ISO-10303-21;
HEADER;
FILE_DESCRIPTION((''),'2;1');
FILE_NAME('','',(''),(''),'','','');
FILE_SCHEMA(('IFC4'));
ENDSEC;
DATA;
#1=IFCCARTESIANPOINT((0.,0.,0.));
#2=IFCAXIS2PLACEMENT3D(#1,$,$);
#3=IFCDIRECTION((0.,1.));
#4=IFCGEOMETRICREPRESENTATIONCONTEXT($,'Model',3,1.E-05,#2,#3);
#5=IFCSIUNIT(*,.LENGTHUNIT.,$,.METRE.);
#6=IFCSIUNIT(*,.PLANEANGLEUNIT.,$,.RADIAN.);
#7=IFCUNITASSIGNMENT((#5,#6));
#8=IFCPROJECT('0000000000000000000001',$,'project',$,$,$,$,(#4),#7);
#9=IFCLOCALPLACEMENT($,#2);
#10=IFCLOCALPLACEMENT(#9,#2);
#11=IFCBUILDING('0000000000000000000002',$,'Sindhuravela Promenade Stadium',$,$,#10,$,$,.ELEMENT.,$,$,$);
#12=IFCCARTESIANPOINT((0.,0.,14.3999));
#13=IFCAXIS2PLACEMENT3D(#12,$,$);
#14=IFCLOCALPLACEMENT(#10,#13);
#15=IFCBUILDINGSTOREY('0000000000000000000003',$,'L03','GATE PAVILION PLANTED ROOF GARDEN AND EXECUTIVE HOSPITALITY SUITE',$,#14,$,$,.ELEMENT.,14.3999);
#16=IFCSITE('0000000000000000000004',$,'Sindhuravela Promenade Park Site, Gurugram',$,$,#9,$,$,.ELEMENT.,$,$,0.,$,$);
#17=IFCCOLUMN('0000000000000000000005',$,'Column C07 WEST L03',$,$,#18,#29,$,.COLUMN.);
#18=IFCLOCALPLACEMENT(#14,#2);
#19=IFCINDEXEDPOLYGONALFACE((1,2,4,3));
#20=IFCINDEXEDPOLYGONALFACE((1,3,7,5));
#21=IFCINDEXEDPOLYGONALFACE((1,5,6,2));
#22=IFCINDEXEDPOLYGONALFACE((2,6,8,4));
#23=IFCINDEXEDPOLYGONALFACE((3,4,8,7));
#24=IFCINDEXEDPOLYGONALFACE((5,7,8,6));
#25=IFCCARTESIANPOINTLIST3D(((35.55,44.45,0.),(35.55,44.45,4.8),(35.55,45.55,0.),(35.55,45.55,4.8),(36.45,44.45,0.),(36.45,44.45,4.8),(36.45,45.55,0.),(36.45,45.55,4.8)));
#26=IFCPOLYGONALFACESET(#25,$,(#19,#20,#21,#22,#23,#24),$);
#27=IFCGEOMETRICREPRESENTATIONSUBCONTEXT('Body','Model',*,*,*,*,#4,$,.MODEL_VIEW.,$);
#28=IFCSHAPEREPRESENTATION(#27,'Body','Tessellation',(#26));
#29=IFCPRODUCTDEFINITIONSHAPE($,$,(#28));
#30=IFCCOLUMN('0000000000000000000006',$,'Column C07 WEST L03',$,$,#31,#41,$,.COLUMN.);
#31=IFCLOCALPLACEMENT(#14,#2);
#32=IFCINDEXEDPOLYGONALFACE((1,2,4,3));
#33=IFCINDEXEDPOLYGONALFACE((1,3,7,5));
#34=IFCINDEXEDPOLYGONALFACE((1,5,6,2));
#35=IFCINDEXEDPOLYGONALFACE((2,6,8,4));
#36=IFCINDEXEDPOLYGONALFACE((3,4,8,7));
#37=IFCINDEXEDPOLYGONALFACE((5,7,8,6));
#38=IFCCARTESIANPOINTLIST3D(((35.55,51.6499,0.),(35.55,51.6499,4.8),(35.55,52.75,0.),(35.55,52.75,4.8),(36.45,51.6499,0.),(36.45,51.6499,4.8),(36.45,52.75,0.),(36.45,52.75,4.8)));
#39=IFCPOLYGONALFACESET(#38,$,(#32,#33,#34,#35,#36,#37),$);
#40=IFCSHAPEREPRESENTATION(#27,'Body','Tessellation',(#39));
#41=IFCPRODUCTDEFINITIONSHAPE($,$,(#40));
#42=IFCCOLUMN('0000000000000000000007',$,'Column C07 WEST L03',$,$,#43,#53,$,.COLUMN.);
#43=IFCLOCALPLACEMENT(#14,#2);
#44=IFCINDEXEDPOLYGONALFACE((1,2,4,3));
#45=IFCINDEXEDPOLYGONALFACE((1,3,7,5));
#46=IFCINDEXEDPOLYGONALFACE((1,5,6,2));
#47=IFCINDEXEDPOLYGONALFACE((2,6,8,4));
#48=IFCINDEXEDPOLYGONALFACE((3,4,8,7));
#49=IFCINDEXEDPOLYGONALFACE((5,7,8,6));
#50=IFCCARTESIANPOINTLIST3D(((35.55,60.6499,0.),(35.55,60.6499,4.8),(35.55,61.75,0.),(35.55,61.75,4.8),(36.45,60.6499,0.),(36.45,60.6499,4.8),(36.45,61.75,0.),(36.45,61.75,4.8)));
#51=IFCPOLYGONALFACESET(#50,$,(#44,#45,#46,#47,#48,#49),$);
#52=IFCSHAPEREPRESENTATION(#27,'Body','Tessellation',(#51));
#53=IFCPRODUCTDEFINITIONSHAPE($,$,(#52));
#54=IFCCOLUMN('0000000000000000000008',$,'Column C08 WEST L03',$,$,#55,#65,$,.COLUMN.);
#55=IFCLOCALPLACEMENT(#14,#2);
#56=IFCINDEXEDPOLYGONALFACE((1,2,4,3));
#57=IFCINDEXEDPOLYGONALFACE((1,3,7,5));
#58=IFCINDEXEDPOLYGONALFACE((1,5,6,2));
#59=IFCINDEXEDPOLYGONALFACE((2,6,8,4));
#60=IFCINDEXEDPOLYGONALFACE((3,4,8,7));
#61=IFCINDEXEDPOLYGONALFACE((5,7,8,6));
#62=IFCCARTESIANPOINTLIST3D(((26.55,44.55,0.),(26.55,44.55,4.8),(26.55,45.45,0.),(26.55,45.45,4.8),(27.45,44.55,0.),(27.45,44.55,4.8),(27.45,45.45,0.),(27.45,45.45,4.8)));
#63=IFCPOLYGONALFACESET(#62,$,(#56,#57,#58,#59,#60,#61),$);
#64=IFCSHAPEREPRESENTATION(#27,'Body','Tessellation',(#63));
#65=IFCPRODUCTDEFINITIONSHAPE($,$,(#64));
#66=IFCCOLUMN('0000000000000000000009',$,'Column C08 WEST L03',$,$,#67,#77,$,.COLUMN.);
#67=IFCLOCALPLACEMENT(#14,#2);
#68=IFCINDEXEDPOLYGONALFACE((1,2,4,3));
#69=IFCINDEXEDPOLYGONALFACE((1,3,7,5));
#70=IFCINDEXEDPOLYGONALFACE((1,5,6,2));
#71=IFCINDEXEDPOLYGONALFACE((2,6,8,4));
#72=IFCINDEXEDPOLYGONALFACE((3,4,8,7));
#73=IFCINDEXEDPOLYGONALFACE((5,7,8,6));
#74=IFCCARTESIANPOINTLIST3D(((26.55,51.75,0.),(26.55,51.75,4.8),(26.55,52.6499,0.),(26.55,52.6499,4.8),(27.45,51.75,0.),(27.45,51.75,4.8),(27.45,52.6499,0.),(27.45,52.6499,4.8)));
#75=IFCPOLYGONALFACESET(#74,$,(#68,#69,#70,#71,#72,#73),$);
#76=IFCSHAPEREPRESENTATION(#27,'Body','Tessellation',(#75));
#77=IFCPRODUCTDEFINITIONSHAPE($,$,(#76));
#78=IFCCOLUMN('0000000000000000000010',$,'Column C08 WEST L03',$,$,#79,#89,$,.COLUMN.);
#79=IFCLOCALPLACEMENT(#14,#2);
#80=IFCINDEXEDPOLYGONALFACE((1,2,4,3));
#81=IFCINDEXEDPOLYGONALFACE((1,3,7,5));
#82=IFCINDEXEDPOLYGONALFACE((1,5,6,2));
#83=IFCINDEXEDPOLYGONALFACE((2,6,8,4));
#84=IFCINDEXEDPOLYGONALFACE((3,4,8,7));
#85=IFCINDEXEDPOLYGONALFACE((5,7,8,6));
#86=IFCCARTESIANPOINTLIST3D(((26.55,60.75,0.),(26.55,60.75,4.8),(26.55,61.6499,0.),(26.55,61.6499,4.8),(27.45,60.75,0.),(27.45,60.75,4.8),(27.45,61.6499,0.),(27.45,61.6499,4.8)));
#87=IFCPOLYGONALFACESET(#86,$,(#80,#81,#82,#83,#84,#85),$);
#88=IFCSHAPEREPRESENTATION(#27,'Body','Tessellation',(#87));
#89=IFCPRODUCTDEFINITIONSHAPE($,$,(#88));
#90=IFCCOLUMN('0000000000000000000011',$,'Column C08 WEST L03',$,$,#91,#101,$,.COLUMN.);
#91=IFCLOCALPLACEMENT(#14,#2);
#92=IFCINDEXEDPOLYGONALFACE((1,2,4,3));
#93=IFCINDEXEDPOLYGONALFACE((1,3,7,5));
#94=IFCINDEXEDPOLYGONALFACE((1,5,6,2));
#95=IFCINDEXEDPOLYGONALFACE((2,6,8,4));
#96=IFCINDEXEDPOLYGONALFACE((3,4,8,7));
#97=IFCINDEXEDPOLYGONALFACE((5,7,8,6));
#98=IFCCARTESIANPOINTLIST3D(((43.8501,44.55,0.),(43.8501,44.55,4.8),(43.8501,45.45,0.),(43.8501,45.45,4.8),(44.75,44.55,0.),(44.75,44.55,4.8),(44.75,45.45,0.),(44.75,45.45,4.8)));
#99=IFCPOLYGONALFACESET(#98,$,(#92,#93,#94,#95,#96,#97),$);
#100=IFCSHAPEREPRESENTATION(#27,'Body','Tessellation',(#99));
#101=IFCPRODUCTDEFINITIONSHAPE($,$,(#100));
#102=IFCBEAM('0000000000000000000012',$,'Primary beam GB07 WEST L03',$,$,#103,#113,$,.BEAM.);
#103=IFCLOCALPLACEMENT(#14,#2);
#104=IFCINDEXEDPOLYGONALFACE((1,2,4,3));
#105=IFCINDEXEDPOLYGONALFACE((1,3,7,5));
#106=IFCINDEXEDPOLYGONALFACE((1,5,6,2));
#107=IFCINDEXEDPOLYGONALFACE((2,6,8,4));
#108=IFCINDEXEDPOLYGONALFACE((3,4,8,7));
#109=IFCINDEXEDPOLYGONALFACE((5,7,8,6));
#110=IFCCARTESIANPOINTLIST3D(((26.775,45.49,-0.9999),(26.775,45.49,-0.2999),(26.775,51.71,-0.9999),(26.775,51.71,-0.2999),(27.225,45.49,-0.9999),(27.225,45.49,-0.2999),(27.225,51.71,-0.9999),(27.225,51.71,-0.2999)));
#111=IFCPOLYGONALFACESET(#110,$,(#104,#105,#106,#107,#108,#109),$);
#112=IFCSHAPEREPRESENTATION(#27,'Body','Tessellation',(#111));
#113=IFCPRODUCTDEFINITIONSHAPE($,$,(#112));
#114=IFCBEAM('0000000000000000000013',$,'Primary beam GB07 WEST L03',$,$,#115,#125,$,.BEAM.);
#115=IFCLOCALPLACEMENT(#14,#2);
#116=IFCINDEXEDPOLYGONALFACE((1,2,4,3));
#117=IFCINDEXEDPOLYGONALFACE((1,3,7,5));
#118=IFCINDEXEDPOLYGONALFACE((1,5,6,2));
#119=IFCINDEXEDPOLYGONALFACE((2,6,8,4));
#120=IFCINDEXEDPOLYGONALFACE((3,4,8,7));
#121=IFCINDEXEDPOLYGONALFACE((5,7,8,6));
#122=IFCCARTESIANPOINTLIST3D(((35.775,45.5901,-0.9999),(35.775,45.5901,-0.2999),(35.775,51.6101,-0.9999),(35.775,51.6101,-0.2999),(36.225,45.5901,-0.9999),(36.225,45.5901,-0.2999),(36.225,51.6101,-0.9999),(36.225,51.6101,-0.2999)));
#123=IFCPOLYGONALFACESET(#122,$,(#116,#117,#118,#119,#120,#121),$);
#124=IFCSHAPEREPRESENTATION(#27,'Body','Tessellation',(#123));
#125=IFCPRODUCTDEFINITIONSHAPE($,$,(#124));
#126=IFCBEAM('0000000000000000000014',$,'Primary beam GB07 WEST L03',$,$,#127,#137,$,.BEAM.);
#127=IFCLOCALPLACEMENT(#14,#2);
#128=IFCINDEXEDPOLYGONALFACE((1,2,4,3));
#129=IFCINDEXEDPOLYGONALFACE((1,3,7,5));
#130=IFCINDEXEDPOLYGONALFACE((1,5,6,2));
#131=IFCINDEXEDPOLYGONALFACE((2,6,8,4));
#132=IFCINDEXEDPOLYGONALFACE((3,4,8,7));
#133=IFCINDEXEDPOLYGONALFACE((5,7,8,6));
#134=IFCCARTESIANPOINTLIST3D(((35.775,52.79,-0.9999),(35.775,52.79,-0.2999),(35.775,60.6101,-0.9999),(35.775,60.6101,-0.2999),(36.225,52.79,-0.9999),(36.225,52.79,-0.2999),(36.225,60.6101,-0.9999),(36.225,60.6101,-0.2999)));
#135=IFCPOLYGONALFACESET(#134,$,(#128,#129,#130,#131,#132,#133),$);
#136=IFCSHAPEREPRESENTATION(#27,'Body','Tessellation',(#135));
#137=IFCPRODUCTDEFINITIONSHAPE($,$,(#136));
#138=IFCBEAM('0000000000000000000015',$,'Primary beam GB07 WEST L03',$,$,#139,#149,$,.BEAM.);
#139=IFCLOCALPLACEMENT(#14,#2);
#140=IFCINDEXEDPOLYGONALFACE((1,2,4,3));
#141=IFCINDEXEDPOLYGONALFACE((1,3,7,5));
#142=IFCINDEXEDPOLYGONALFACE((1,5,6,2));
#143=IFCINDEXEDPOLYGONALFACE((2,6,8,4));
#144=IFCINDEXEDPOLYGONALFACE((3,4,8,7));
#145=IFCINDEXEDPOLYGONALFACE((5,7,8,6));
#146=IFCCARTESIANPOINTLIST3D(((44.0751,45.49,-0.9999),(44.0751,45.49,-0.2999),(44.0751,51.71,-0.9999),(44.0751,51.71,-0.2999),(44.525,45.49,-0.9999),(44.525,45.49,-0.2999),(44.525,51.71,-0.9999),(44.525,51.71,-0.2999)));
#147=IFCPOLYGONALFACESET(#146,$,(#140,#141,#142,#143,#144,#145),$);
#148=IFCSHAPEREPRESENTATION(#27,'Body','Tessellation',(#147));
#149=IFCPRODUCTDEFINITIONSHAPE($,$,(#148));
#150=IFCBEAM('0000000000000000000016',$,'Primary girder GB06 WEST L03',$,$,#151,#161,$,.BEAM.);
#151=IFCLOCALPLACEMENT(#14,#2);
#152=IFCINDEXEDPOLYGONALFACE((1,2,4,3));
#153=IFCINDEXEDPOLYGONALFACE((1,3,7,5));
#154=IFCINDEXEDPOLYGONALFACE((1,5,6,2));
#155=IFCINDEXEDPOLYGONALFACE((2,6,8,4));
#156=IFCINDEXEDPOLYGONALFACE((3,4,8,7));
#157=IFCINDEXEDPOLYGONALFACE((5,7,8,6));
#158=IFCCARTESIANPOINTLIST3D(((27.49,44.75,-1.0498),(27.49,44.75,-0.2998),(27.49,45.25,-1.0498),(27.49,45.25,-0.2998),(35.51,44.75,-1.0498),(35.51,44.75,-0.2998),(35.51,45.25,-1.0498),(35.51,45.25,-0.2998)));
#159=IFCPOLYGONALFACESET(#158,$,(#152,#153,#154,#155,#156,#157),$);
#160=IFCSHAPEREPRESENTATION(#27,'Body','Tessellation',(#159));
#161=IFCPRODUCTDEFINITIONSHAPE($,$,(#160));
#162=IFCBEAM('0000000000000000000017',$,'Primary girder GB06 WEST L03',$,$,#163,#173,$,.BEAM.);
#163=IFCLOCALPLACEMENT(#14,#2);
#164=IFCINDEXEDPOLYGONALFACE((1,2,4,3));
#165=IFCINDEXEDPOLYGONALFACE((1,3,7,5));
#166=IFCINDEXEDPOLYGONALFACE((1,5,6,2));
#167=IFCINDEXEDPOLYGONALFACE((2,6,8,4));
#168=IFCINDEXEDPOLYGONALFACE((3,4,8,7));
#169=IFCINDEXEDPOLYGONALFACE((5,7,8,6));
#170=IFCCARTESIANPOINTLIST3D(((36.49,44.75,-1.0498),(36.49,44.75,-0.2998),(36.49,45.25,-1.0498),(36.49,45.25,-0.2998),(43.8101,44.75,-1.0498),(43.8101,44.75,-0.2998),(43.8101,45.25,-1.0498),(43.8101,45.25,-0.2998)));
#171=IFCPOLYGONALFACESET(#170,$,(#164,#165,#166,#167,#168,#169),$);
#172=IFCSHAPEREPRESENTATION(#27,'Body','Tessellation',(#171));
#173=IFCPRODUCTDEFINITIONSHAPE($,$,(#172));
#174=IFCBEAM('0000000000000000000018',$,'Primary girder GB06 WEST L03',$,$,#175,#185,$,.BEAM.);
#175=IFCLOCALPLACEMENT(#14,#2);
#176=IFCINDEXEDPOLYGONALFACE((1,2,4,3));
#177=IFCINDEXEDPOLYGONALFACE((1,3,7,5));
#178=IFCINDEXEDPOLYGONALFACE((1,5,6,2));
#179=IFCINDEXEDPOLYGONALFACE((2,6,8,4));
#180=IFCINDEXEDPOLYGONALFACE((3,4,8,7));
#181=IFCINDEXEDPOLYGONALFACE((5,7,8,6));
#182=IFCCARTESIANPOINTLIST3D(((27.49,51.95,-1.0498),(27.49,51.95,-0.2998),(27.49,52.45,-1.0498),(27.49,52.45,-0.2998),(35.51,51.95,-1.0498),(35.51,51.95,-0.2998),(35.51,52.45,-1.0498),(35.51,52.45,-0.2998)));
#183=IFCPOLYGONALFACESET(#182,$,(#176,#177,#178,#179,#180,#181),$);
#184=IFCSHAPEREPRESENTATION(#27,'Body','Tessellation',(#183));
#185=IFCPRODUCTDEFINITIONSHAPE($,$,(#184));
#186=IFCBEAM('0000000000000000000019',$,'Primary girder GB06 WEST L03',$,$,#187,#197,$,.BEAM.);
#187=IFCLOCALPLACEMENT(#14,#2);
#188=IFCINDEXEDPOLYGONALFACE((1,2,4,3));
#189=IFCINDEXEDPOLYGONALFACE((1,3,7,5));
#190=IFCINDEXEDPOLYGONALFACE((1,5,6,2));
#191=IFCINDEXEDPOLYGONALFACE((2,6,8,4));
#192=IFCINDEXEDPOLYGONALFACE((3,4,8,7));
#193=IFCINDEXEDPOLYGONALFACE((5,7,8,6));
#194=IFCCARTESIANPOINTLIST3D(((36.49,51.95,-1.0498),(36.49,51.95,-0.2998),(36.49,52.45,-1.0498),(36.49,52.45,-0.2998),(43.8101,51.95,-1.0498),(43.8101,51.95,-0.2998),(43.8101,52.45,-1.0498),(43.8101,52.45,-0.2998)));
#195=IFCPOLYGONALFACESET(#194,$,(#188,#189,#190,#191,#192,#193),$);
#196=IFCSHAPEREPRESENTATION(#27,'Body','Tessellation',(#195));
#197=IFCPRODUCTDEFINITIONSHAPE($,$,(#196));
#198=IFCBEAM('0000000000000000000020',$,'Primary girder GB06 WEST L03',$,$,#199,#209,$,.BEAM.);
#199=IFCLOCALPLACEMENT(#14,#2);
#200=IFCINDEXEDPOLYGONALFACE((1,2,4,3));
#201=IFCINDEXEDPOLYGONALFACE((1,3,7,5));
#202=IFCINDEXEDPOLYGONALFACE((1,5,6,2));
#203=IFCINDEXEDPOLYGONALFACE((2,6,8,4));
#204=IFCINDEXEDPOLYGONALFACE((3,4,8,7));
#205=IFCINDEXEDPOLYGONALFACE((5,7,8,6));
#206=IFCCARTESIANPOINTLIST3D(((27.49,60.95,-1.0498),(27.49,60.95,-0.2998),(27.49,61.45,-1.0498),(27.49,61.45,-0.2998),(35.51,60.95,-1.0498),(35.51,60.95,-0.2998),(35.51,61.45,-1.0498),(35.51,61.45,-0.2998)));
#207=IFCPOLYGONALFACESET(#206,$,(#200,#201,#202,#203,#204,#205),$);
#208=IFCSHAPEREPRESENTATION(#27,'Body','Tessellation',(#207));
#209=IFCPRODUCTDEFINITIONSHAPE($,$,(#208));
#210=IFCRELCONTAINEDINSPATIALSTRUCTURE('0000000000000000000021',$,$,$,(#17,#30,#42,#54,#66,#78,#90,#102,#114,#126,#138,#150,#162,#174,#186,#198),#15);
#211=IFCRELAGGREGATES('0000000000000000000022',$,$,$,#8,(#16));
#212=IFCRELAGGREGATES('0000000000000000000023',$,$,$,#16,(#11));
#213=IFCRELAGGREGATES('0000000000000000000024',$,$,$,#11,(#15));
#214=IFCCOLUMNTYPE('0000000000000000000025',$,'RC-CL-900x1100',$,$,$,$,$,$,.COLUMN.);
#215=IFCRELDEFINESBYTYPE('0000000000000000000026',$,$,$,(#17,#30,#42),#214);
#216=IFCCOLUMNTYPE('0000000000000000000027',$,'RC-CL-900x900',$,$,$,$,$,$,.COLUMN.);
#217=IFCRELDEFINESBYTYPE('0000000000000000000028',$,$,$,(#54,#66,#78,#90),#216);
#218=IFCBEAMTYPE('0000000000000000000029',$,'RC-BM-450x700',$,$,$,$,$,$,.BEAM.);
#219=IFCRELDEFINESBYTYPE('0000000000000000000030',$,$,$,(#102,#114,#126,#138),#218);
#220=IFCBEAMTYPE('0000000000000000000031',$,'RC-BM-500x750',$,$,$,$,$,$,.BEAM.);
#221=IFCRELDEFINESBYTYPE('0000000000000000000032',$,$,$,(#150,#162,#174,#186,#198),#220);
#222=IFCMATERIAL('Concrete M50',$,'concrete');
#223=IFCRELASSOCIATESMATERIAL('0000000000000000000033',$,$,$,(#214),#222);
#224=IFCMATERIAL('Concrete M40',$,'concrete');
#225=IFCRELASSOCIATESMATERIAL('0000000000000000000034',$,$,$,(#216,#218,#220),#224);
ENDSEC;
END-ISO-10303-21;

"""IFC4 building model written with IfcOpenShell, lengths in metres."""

from ifc_helpers import new_model, si_unit, direction, frame, origin, origin_2d, place, context, subcontext, project, spatial, rectangle, extrude, material, material_profile, profile_set, type_object, element, save


model = new_model("IFC4")

# Units and contexts
model_context = context("Model", 3, precision=1e-05, world=origin(), true_north=direction((0.0, 1.0)))
body_context = subcontext(model_context, "Body", "Model", "MODEL_VIEW")
ifc_project = project(units=[si_unit("LENGTHUNIT", "METRE"), si_unit("PLANEANGLEUNIT", "RADIAN")], contexts=[model_context])

# Site, building, storey
site_placement = place(None, origin())
site = spatial("IfcSite", under=ifc_project, at=site_placement, Name="Sindhuravela Promenade Park Site, Gurugram", CompositionType="ELEMENT", RefElevation=0.0)
building_placement = place(site_placement, origin())
building = spatial("IfcBuilding", under=site, at=building_placement, Name="Sindhuravela Promenade Stadium", CompositionType="ELEMENT")
storey_placement = place(building_placement, frame((0.0, 0.0, 14.3999)))
storey = spatial("IfcBuildingStorey", under=building, at=storey_placement, Name="L03", Description="GATE PAVILION PLANTED ROOF GARDEN AND EXECUTIVE HOSPITALITY SUITE", CompositionType="ELEMENT", Elevation=14.3999)

# Columns
ifc_material_1 = material(Name="Concrete M50", Category="concrete")
ifc_material_profile_1 = material_profile(ifc_material_1, rectangle(XDim=0.8999, YDim=1.1001, at=origin_2d()), Name="RC 900x1100")
ifc_profile_set_1 = profile_set([ifc_material_profile_1], Name="Concrete M50")
column_type_1 = type_object("IfcColumnType", Name="RC-CL-900x1100", PredefinedType="COLUMN", material=ifc_profile_set_1)
for number, where, z_axis, x_axis, name in (
    (1, (36.0, 45.0, 0.0), (0.0, 0.0, 1.0), (1.0, 0.0, 0.0), "Column C07 WEST L03"),
    (2, (36.0, 52.2, 0.0), (0.0, 0.0, 1.0), (1.0, 0.0, 0.0), "Column C07 WEST L03"),
    (3, (36.0, 61.2, 0.0), (0.0, 0.0, 1.0), (1.0, 0.0, 0.0), "Column C07 WEST L03"),
):
    element("IfcColumn", number, at=place(storey_placement, frame(where, z_axis=z_axis, x_axis=x_axis)), inside=storey, type_object=column_type_1, Name=name, PredefinedType="COLUMN", context=body_context, shape_type="SweptSolid", body=[
        extrude(rectangle(XDim=0.8999, YDim=1.1001, at=origin_2d()), origin(), (0.0, 0.0, 1.0), 4.8),
    ])
ifc_material_2 = material(Name="Concrete M40", Category="concrete")
ifc_material_profile_2 = material_profile(ifc_material_2, rectangle(XDim=0.8999, YDim=0.8999, at=origin_2d()), Name="RC 900x900")
ifc_profile_set_2 = profile_set([ifc_material_profile_2], Name="Concrete M40")
column_type_2 = type_object("IfcColumnType", Name="RC-CL-900x900", PredefinedType="COLUMN", material=ifc_profile_set_2)
for number, where, z_axis, x_axis, name in (
    (4, (27.0, 45.0, 0.0), (0.0, 0.0, 1.0), (1.0, 0.0, 0.0), "Column C08 WEST L03"),
    (5, (27.0, 52.2, 0.0), (0.0, 0.0, 1.0), (1.0, 0.0, 0.0), "Column C08 WEST L03"),
    (6, (27.0, 61.2, 0.0), (0.0, 0.0, 1.0), (1.0, 0.0, 0.0), "Column C08 WEST L03"),
    (7, (44.3, 45.0, 0.0), (0.0, 0.0, 1.0), (1.0, 0.0, 0.0), "Column C08 WEST L03"),
):
    element("IfcColumn", number, at=place(storey_placement, frame(where, z_axis=z_axis, x_axis=x_axis)), inside=storey, type_object=column_type_2, Name=name, PredefinedType="COLUMN", context=body_context, shape_type="SweptSolid", body=[
        extrude(rectangle(XDim=0.8999, YDim=0.8999, at=origin_2d()), origin(), (0.0, 0.0, 1.0), 4.8),
    ])

# Beams
ifc_material_profile_3 = material_profile(ifc_material_2, rectangle(XDim=0.45, YDim=0.7, at=origin_2d()), Name="RC 450x700")
ifc_profile_set_3 = profile_set([ifc_material_profile_3], Name="Concrete M40")
beam_type_1 = type_object("IfcBeamType", Name="RC-BM-450x700", PredefinedType="BEAM", material=ifc_profile_set_3)
beam_1_placement = place(storey_placement, frame((27.0, 45.49, -0.6499), z_axis=(0.0, 1.0, 0.0), x_axis=(-1.0, 0.0, 0.0)))
element("IfcBeam", 8, at=beam_1_placement, inside=storey, type_object=beam_type_1, Name="Primary beam GB07 WEST L03", PredefinedType="BEAM", context=body_context, shape_type="SweptSolid", body=[
    extrude(rectangle(XDim=0.45, YDim=0.7, at=origin_2d()), origin(), (0.0, 0.0, 1.0), 6.22),
])
beam_2_placement = place(storey_placement, frame((36.0, 45.5901, -0.6499), z_axis=(0.0, 1.0, 0.0), x_axis=(-1.0, 0.0, 0.0)))
element("IfcBeam", 9, at=beam_2_placement, inside=storey, type_object=beam_type_1, Name="Primary beam GB07 WEST L03", PredefinedType="BEAM", context=body_context, shape_type="SweptSolid", body=[
    extrude(rectangle(XDim=0.45, YDim=0.7, at=origin_2d()), origin(), (0.0, 0.0, 1.0), 6.02),
])
beam_3_placement = place(storey_placement, frame((36.0, 52.79, -0.6499), z_axis=(0.0, 1.0, 0.0), x_axis=(-1.0, 0.0, 0.0)))
element("IfcBeam", 10, at=beam_3_placement, inside=storey, type_object=beam_type_1, Name="Primary beam GB07 WEST L03", PredefinedType="BEAM", context=body_context, shape_type="SweptSolid", body=[
    extrude(rectangle(XDim=0.45, YDim=0.7, at=origin_2d()), origin(), (0.0, 0.0, 1.0), 7.8201),
])
beam_4_placement = place(storey_placement, frame((44.3, 45.49, -0.6499), z_axis=(0.0, 1.0, 0.0), x_axis=(-1.0, 0.0, 0.0)))
element("IfcBeam", 11, at=beam_4_placement, inside=storey, type_object=beam_type_1, Name="Primary beam GB07 WEST L03", PredefinedType="BEAM", context=body_context, shape_type="SweptSolid", body=[
    extrude(rectangle(XDim=0.45, YDim=0.7, at=origin_2d()), origin(), (0.0, 0.0, 1.0), 6.22),
])
ifc_material_profile_4 = material_profile(ifc_material_2, rectangle(XDim=0.5, YDim=0.75, at=origin_2d()), Name="RC 500x750")
ifc_profile_set_4 = profile_set([ifc_material_profile_4], Name="Concrete M40")
beam_type_2 = type_object("IfcBeamType", Name="RC-BM-500x750", PredefinedType="BEAM", material=ifc_profile_set_4)
beam_5_placement = place(storey_placement, frame((27.49, 45.0, -0.6748), z_axis=(1.0, 0.0, 0.0), x_axis=(0.0, 1.0, 0.0)))
element("IfcBeam", 12, at=beam_5_placement, inside=storey, type_object=beam_type_2, Name="Primary girder GB06 WEST L03", PredefinedType="BEAM", context=body_context, shape_type="SweptSolid", body=[
    extrude(rectangle(XDim=0.5, YDim=0.75, at=origin_2d()), origin(), (0.0, 0.0, 1.0), 8.02),
])
beam_6_placement = place(storey_placement, frame((36.49, 45.0, -0.6748), z_axis=(1.0, 0.0, 0.0), x_axis=(0.0, 1.0, 0.0)))
element("IfcBeam", 13, at=beam_6_placement, inside=storey, type_object=beam_type_2, Name="Primary girder GB06 WEST L03", PredefinedType="BEAM", context=body_context, shape_type="SweptSolid", body=[
    extrude(rectangle(XDim=0.5, YDim=0.75, at=origin_2d()), origin(), (0.0, 0.0, 1.0), 7.3201),
])
beam_7_placement = place(storey_placement, frame((27.49, 52.2, -0.6748), z_axis=(1.0, 0.0, 0.0), x_axis=(0.0, 1.0, 0.0)))
element("IfcBeam", 14, at=beam_7_placement, inside=storey, type_object=beam_type_2, Name="Primary girder GB06 WEST L03", PredefinedType="BEAM", context=body_context, shape_type="SweptSolid", body=[
    extrude(rectangle(XDim=0.5, YDim=0.75, at=origin_2d()), origin(), (0.0, 0.0, 1.0), 8.02),
])
beam_8_placement = place(storey_placement, frame((36.49, 52.2, -0.6748), z_axis=(1.0, 0.0, 0.0), x_axis=(0.0, 1.0, 0.0)))
element("IfcBeam", 15, at=beam_8_placement, inside=storey, type_object=beam_type_2, Name="Primary girder GB06 WEST L03", PredefinedType="BEAM", context=body_context, shape_type="SweptSolid", body=[
    extrude(rectangle(XDim=0.5, YDim=0.75, at=origin_2d()), origin(), (0.0, 0.0, 1.0), 7.3201),
])
beam_9_placement = place(storey_placement, frame((27.49, 61.2, -0.6748), z_axis=(1.0, 0.0, 0.0), x_axis=(0.0, 1.0, 0.0)))
element("IfcBeam", 16, at=beam_9_placement, inside=storey, type_object=beam_type_2, Name="Primary girder GB06 WEST L03", PredefinedType="BEAM", context=body_context, shape_type="SweptSolid", body=[
    extrude(rectangle(XDim=0.5, YDim=0.75, at=origin_2d()), origin(), (0.0, 0.0, 1.0), 8.02),
])

save(model, "model.ifc")
